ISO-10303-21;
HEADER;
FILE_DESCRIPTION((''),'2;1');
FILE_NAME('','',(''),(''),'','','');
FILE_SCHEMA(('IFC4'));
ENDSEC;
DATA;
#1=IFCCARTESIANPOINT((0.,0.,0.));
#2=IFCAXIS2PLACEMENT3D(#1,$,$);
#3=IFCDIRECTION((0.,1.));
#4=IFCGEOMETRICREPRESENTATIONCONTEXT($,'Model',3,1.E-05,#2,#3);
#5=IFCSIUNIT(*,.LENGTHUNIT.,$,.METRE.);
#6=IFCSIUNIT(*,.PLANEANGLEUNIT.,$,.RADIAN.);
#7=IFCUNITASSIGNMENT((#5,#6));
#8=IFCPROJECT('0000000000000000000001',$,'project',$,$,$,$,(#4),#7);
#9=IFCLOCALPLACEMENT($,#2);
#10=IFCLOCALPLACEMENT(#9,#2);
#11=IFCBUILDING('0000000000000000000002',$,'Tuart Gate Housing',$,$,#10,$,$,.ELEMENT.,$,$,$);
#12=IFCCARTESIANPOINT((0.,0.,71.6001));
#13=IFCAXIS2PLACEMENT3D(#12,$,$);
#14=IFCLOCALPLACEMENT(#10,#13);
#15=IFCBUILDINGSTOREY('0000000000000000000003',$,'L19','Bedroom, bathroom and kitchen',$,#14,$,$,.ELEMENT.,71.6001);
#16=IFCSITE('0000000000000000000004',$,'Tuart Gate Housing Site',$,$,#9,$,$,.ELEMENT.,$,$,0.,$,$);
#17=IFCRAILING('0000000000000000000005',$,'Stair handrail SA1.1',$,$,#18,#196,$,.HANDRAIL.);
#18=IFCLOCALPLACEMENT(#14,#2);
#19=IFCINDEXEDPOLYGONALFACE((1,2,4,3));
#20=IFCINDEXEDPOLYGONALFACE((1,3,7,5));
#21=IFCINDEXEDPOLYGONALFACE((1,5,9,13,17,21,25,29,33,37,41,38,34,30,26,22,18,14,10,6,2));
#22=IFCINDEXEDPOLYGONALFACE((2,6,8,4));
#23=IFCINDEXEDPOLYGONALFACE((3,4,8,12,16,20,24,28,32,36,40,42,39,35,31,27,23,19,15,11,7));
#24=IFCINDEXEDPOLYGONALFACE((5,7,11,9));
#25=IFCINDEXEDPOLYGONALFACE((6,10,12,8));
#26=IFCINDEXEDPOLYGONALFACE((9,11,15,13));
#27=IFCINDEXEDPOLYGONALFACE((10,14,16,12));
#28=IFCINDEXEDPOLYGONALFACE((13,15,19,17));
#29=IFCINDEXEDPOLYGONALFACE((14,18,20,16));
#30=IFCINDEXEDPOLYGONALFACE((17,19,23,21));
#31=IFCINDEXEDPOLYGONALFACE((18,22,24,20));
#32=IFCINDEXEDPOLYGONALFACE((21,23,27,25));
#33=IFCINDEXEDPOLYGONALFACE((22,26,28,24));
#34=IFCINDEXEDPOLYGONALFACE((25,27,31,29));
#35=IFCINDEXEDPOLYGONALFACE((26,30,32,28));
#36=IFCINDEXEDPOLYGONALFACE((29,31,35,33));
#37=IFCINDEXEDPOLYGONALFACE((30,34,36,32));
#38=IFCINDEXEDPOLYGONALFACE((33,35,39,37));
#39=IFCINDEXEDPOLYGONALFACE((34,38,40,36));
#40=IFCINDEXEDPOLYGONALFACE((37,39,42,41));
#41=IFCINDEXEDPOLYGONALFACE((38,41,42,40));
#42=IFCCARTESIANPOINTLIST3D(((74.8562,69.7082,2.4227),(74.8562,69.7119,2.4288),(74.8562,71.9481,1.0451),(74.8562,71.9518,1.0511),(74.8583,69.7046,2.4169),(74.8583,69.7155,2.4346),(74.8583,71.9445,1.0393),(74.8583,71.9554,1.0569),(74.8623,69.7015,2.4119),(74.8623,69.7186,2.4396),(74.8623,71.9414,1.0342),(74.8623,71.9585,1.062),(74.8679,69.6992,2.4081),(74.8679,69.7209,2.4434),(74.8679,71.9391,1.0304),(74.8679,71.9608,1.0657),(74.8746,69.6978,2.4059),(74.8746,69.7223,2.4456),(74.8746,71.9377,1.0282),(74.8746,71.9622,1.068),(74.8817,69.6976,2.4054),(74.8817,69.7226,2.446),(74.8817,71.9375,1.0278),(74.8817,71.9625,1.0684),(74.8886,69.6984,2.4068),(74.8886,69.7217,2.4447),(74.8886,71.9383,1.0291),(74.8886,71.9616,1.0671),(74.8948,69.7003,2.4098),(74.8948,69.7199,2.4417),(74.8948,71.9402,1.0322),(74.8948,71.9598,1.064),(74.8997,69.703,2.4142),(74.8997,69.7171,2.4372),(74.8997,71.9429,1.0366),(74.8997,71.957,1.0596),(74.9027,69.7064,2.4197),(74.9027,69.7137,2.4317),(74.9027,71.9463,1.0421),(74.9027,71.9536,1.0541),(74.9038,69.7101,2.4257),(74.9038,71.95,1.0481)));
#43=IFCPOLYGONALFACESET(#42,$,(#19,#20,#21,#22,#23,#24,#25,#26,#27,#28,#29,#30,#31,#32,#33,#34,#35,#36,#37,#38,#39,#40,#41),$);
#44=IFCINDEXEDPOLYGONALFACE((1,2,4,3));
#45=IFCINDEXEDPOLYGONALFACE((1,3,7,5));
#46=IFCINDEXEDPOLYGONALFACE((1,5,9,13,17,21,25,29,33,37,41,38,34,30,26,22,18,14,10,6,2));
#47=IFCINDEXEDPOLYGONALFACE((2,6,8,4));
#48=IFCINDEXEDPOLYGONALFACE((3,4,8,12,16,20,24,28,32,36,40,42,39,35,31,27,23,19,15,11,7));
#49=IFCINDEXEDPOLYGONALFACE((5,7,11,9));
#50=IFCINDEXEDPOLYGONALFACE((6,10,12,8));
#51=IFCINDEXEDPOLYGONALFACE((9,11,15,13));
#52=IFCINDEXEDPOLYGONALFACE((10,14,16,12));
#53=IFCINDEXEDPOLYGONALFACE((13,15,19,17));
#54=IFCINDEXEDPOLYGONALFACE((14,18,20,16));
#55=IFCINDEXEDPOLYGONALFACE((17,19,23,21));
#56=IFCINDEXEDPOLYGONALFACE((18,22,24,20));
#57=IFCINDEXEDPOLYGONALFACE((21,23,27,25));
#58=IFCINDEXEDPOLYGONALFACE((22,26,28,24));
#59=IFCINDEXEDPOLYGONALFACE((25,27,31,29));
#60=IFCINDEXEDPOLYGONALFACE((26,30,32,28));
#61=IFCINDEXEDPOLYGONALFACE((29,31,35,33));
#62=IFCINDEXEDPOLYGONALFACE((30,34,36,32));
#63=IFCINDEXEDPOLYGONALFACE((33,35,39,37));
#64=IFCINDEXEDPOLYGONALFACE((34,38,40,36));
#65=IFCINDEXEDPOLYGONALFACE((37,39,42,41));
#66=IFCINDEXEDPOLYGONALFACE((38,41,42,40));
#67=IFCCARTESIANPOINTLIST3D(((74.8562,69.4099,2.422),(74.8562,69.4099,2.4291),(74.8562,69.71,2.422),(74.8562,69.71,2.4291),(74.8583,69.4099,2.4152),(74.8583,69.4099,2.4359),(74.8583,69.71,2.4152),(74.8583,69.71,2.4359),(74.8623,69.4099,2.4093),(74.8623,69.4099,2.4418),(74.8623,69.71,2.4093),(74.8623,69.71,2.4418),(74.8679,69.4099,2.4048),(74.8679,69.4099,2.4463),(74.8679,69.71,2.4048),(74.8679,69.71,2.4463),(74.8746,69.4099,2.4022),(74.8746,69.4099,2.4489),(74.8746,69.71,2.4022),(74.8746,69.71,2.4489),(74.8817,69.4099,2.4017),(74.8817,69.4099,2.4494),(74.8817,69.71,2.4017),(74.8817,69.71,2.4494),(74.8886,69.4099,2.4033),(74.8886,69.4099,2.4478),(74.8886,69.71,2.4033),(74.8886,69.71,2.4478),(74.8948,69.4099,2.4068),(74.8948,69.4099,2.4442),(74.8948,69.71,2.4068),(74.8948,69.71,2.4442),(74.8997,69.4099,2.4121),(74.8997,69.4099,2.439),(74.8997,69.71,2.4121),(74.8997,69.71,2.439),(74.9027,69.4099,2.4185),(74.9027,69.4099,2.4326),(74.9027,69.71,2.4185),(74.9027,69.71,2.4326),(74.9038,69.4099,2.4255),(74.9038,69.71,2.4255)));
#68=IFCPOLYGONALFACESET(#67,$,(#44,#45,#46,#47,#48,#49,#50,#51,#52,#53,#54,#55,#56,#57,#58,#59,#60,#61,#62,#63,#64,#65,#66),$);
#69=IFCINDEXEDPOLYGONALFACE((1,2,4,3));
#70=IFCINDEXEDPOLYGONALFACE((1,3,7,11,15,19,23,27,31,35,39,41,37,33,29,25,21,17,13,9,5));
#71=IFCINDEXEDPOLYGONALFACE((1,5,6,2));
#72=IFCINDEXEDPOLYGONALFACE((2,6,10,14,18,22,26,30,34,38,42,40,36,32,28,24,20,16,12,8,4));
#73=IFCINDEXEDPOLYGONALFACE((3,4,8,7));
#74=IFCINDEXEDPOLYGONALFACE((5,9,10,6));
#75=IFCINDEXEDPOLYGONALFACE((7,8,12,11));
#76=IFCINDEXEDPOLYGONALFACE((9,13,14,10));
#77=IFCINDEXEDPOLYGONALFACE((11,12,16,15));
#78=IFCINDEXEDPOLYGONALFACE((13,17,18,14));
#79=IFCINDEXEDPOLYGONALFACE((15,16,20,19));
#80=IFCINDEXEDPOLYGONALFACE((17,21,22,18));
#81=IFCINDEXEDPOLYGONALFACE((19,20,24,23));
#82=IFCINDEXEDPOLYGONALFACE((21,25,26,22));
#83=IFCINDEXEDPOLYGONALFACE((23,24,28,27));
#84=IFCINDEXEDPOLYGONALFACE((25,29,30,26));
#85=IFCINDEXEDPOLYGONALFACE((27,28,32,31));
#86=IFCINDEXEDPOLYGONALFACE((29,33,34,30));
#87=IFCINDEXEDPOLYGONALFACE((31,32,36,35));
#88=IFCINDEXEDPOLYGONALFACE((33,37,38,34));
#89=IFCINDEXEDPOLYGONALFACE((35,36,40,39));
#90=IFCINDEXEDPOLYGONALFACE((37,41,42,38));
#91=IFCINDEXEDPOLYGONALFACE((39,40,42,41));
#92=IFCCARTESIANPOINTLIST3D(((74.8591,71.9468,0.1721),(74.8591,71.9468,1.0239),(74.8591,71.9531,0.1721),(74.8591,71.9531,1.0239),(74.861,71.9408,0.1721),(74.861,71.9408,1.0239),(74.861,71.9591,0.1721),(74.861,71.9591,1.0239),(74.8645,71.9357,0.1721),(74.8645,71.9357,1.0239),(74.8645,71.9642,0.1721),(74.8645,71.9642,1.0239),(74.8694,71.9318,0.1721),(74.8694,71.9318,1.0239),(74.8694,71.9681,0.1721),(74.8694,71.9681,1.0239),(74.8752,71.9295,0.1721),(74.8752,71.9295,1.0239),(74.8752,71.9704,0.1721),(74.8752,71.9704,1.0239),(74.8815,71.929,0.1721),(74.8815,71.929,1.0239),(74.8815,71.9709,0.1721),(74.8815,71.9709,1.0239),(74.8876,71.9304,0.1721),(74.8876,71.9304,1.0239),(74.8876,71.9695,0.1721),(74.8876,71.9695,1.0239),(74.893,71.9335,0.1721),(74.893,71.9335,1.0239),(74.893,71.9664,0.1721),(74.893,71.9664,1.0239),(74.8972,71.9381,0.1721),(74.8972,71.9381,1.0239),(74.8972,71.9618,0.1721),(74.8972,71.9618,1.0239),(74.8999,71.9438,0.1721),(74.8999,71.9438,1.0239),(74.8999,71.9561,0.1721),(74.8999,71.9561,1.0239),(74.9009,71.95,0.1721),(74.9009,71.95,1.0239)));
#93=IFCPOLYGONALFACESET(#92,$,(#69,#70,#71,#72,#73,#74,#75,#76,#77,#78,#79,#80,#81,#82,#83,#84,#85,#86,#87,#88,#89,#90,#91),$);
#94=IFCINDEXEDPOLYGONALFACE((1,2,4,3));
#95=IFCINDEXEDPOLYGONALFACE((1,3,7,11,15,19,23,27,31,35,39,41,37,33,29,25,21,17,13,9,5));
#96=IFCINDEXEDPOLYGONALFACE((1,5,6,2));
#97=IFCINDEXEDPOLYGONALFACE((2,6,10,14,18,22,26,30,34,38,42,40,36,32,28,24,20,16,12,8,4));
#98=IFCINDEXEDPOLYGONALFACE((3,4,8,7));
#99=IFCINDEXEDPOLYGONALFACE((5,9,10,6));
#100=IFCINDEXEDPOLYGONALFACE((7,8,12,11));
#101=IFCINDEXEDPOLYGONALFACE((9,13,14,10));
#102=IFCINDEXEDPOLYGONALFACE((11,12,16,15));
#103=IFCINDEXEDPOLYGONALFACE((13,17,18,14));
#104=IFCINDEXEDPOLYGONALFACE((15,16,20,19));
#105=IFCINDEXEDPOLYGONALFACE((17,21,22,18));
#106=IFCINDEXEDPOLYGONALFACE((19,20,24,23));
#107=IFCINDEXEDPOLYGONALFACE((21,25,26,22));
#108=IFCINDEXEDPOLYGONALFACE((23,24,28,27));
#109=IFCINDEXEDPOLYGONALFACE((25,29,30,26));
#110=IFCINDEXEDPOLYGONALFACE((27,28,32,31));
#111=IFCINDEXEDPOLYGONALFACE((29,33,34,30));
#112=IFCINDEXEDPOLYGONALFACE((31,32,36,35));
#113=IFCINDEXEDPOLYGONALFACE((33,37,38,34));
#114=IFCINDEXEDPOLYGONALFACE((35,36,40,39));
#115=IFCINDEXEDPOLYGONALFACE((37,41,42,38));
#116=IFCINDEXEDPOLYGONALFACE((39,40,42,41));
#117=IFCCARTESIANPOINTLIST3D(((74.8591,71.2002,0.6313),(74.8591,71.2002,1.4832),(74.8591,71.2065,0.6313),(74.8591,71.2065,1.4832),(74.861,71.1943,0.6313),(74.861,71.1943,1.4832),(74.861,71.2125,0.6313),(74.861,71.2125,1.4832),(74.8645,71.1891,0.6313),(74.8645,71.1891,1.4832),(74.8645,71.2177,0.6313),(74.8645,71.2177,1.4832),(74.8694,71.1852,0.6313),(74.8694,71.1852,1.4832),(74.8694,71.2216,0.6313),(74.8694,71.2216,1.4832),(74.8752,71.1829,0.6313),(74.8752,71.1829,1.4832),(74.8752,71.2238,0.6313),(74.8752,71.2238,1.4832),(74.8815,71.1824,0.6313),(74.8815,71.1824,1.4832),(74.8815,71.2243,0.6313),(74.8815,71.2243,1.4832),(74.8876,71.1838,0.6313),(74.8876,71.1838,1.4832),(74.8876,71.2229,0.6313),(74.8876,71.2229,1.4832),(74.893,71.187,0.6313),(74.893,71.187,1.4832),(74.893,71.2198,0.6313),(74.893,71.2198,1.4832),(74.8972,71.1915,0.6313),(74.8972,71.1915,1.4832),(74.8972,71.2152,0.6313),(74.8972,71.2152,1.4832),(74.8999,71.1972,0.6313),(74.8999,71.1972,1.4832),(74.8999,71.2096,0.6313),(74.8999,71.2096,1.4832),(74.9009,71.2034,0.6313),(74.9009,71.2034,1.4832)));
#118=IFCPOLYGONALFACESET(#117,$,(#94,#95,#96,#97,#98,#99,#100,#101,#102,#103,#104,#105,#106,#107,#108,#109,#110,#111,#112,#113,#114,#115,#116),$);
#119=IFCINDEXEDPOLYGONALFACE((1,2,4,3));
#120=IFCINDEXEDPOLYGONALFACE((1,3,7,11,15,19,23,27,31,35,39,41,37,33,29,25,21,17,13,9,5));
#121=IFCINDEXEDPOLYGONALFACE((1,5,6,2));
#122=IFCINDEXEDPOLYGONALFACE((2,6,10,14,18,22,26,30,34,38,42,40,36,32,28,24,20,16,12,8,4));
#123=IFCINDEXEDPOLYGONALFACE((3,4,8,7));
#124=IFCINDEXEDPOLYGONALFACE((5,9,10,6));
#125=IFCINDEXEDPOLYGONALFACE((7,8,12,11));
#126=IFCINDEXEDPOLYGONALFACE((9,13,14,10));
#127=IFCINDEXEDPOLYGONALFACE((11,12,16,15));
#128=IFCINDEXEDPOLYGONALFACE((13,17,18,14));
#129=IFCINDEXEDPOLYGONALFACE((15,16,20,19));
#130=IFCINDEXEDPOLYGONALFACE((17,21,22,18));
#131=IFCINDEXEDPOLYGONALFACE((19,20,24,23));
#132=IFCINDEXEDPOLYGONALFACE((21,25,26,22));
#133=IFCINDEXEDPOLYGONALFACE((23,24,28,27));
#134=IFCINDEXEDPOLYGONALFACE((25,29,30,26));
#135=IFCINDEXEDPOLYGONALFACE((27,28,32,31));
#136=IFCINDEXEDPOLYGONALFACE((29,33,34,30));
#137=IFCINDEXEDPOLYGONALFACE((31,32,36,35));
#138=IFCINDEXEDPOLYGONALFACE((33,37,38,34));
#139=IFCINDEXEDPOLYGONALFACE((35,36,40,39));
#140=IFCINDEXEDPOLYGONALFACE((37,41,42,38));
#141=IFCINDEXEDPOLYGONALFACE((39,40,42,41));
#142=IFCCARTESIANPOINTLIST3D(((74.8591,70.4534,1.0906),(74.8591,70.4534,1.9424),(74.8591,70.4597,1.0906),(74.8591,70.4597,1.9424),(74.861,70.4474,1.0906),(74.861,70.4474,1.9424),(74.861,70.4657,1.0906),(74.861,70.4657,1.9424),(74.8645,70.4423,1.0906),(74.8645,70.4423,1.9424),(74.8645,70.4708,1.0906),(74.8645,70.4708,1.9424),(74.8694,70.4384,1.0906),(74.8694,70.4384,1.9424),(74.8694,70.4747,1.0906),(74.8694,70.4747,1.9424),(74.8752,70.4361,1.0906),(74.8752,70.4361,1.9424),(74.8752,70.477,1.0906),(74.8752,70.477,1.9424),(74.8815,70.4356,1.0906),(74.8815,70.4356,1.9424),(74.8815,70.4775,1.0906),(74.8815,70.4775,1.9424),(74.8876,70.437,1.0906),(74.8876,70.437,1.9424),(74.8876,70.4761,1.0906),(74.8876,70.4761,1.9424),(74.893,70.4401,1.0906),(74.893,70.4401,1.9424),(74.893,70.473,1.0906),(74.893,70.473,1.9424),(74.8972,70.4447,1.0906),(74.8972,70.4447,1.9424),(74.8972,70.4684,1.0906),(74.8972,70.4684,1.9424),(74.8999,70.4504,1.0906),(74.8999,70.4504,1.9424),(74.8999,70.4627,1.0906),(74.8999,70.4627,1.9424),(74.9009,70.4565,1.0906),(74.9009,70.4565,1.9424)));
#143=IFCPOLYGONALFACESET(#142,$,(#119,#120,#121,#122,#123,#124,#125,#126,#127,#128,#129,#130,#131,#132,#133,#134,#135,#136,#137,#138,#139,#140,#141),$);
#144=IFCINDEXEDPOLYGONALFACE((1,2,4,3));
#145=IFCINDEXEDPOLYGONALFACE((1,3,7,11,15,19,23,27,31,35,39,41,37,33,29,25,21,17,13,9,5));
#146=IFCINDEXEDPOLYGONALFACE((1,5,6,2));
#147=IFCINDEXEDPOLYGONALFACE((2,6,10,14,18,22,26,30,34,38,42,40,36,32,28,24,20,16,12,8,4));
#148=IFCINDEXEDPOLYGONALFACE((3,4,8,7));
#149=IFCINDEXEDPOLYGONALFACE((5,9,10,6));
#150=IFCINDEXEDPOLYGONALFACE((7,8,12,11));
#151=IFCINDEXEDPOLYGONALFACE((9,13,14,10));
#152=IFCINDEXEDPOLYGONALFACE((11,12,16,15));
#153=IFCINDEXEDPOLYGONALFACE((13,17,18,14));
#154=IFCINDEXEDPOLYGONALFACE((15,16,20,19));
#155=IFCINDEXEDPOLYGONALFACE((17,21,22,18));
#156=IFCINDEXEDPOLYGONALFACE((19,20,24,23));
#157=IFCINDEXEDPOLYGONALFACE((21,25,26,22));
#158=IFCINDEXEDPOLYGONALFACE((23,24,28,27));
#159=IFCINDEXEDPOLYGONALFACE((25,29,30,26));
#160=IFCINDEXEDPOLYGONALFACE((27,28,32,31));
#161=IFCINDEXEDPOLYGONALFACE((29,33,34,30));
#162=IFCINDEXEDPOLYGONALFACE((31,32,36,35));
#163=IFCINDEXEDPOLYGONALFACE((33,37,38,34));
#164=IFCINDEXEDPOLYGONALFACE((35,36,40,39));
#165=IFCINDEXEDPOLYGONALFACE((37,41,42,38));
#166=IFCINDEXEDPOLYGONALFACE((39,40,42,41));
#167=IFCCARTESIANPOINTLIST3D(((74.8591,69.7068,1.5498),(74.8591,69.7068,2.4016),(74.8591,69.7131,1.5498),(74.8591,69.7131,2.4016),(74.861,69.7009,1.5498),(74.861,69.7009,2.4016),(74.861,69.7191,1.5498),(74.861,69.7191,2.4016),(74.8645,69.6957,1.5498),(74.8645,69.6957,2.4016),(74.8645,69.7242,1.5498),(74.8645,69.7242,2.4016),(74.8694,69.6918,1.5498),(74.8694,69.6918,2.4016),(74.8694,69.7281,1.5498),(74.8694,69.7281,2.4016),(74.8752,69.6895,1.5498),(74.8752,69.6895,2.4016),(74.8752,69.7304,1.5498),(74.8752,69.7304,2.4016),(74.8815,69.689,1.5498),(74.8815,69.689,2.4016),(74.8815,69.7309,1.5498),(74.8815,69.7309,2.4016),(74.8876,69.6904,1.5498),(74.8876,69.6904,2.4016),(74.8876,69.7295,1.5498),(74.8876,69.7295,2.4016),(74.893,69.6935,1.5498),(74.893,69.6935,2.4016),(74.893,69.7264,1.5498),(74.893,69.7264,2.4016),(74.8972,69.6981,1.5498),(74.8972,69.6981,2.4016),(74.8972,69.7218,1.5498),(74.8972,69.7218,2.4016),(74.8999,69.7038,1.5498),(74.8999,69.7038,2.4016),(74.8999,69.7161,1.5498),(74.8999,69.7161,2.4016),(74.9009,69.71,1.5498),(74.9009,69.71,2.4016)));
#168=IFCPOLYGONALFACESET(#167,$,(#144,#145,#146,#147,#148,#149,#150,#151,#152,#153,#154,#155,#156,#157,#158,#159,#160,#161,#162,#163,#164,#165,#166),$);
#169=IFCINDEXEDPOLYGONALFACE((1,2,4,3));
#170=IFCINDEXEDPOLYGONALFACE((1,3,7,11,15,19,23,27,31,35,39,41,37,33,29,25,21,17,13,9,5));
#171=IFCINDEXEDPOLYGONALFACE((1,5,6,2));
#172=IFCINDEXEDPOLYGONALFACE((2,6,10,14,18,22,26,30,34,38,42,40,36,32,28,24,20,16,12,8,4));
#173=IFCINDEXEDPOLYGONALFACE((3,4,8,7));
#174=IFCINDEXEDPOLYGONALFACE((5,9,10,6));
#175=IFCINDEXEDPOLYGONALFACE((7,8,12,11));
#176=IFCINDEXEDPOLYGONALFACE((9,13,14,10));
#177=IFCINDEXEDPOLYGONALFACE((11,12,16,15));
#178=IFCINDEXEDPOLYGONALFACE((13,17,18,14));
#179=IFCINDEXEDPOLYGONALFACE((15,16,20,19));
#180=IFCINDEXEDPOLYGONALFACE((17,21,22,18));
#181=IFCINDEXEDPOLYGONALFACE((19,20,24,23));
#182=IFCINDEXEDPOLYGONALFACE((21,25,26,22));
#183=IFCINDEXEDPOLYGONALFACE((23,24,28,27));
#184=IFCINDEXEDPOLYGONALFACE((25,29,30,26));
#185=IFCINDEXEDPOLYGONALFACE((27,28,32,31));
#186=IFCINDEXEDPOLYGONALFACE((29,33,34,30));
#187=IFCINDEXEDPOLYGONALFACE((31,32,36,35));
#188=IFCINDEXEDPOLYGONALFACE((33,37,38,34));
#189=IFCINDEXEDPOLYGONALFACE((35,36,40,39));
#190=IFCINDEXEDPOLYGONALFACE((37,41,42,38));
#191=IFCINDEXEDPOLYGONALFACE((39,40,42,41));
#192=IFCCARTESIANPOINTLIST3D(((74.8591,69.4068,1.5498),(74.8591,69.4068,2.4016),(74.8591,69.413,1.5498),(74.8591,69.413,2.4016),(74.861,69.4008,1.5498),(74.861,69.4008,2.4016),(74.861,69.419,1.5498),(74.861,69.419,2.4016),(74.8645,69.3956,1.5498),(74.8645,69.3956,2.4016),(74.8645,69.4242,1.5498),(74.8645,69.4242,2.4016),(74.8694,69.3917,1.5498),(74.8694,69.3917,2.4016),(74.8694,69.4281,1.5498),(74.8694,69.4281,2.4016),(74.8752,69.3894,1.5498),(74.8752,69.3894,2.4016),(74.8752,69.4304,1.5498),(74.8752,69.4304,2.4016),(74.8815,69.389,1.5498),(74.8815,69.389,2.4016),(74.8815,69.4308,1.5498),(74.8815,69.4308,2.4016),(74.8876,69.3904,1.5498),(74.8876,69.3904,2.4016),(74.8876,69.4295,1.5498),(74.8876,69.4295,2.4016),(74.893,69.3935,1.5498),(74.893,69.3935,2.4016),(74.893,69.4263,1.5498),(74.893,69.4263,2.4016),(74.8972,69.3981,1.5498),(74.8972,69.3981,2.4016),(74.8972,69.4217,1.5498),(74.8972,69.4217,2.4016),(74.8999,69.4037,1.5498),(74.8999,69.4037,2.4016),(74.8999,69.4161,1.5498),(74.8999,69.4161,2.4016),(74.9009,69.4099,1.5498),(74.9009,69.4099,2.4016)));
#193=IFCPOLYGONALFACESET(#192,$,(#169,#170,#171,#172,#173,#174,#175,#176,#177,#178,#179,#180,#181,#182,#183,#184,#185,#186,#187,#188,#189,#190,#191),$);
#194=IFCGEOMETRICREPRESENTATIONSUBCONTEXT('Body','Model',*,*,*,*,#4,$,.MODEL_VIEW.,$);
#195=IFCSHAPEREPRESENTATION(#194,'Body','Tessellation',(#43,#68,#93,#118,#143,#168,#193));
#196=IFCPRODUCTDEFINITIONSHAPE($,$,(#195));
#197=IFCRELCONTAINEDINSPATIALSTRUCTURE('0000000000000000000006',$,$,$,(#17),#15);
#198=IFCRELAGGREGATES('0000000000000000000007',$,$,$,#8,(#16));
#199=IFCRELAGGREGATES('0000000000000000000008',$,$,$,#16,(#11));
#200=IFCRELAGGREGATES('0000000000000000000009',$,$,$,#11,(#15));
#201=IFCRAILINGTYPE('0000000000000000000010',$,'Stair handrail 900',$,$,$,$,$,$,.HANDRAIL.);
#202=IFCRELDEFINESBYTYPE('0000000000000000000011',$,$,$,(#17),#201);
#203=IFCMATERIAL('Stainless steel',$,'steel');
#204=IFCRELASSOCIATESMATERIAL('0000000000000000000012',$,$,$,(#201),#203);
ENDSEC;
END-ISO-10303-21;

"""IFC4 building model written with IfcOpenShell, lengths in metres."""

from ifc_helpers import new_model, si_unit, direction, frame, origin, origin_2d, place, context, subcontext, project, spatial, circle, extrude, material, type_object, element, save


model = new_model("IFC4")

# Units and contexts
model_context = context("Model", 3, precision=1e-05, world=origin(), true_north=direction((0.0, 1.0)))
body_context = subcontext(model_context, "Body", "Model", "MODEL_VIEW")
ifc_project = project(units=[si_unit("LENGTHUNIT", "METRE"), si_unit("PLANEANGLEUNIT", "RADIAN")], contexts=[model_context])

# Site, building, storey
site_placement = place(None, origin())
site = spatial("IfcSite", under=ifc_project, at=site_placement, Name="Tuart Gate Housing Site", CompositionType="ELEMENT", RefElevation=0.0)
building_placement = place(site_placement, origin())
building = spatial("IfcBuilding", under=site, at=building_placement, Name="Tuart Gate Housing", CompositionType="ELEMENT")
storey_placement = place(building_placement, frame((0.0, 0.0, 71.6001)))
storey = spatial("IfcBuildingStorey", under=building, at=storey_placement, Name="L19", Description="Bedroom, bathroom and kitchen", CompositionType="ELEMENT", Elevation=71.6001)

# Railing
ifc_material_1 = material(Name="Stainless steel", Category="steel")
railing_type = type_object("IfcRailingType", Name="Stair handrail 900", PredefinedType="HANDRAIL", material=ifc_material_1)
railing_placement = place(storey_placement, frame((74.8799, 71.95, 0.1721)))
element("IfcRailing", 1, at=railing_placement, inside=storey, type_object=railing_type, Name="Stair handrail SA1.1", PredefinedType="HANDRAIL", context=body_context, shape_type="SweptSolid", body=[
    extrude(circle(Radius=0.0239, at=origin_2d()), frame((0.0, 0.0, 0.876), z_axis=(0.0, -0.851789, 0.523885), x_axis=(1.0, 0.0, 0.0)), (0.0, 0.0, 1.0), 2.6296),
    extrude(circle(Radius=0.0239, at=origin_2d()), frame((0.0, -2.24, 2.2534), z_axis=(0.0, -1.0, 0.0), x_axis=(1.0, 0.0, 0.0)), (0.0, 0.0, 1.0), 0.3),
    extrude(circle(Radius=0.021, at=origin_2d()), origin(), (0.0, 0.0, 1.0), 0.8518),
    extrude(circle(Radius=0.021, at=origin_2d()), frame((0.0, -0.7466, 0.4592)), (0.0, 0.0, 1.0), 0.8518),
    extrude(circle(Radius=0.021, at=origin_2d()), frame((0.0, -1.4934, 0.9185)), (0.0, 0.0, 1.0), 0.8518),
    extrude(circle(Radius=0.021, at=origin_2d()), frame((0.0, -2.24, 1.3777)), (0.0, 0.0, 1.0), 0.8518),
    extrude(circle(Radius=0.021, at=origin_2d()), frame((0.0, -2.54, 1.3777)), (0.0, 0.0, 1.0), 0.8518),
])

save(model, "model.ifc")
